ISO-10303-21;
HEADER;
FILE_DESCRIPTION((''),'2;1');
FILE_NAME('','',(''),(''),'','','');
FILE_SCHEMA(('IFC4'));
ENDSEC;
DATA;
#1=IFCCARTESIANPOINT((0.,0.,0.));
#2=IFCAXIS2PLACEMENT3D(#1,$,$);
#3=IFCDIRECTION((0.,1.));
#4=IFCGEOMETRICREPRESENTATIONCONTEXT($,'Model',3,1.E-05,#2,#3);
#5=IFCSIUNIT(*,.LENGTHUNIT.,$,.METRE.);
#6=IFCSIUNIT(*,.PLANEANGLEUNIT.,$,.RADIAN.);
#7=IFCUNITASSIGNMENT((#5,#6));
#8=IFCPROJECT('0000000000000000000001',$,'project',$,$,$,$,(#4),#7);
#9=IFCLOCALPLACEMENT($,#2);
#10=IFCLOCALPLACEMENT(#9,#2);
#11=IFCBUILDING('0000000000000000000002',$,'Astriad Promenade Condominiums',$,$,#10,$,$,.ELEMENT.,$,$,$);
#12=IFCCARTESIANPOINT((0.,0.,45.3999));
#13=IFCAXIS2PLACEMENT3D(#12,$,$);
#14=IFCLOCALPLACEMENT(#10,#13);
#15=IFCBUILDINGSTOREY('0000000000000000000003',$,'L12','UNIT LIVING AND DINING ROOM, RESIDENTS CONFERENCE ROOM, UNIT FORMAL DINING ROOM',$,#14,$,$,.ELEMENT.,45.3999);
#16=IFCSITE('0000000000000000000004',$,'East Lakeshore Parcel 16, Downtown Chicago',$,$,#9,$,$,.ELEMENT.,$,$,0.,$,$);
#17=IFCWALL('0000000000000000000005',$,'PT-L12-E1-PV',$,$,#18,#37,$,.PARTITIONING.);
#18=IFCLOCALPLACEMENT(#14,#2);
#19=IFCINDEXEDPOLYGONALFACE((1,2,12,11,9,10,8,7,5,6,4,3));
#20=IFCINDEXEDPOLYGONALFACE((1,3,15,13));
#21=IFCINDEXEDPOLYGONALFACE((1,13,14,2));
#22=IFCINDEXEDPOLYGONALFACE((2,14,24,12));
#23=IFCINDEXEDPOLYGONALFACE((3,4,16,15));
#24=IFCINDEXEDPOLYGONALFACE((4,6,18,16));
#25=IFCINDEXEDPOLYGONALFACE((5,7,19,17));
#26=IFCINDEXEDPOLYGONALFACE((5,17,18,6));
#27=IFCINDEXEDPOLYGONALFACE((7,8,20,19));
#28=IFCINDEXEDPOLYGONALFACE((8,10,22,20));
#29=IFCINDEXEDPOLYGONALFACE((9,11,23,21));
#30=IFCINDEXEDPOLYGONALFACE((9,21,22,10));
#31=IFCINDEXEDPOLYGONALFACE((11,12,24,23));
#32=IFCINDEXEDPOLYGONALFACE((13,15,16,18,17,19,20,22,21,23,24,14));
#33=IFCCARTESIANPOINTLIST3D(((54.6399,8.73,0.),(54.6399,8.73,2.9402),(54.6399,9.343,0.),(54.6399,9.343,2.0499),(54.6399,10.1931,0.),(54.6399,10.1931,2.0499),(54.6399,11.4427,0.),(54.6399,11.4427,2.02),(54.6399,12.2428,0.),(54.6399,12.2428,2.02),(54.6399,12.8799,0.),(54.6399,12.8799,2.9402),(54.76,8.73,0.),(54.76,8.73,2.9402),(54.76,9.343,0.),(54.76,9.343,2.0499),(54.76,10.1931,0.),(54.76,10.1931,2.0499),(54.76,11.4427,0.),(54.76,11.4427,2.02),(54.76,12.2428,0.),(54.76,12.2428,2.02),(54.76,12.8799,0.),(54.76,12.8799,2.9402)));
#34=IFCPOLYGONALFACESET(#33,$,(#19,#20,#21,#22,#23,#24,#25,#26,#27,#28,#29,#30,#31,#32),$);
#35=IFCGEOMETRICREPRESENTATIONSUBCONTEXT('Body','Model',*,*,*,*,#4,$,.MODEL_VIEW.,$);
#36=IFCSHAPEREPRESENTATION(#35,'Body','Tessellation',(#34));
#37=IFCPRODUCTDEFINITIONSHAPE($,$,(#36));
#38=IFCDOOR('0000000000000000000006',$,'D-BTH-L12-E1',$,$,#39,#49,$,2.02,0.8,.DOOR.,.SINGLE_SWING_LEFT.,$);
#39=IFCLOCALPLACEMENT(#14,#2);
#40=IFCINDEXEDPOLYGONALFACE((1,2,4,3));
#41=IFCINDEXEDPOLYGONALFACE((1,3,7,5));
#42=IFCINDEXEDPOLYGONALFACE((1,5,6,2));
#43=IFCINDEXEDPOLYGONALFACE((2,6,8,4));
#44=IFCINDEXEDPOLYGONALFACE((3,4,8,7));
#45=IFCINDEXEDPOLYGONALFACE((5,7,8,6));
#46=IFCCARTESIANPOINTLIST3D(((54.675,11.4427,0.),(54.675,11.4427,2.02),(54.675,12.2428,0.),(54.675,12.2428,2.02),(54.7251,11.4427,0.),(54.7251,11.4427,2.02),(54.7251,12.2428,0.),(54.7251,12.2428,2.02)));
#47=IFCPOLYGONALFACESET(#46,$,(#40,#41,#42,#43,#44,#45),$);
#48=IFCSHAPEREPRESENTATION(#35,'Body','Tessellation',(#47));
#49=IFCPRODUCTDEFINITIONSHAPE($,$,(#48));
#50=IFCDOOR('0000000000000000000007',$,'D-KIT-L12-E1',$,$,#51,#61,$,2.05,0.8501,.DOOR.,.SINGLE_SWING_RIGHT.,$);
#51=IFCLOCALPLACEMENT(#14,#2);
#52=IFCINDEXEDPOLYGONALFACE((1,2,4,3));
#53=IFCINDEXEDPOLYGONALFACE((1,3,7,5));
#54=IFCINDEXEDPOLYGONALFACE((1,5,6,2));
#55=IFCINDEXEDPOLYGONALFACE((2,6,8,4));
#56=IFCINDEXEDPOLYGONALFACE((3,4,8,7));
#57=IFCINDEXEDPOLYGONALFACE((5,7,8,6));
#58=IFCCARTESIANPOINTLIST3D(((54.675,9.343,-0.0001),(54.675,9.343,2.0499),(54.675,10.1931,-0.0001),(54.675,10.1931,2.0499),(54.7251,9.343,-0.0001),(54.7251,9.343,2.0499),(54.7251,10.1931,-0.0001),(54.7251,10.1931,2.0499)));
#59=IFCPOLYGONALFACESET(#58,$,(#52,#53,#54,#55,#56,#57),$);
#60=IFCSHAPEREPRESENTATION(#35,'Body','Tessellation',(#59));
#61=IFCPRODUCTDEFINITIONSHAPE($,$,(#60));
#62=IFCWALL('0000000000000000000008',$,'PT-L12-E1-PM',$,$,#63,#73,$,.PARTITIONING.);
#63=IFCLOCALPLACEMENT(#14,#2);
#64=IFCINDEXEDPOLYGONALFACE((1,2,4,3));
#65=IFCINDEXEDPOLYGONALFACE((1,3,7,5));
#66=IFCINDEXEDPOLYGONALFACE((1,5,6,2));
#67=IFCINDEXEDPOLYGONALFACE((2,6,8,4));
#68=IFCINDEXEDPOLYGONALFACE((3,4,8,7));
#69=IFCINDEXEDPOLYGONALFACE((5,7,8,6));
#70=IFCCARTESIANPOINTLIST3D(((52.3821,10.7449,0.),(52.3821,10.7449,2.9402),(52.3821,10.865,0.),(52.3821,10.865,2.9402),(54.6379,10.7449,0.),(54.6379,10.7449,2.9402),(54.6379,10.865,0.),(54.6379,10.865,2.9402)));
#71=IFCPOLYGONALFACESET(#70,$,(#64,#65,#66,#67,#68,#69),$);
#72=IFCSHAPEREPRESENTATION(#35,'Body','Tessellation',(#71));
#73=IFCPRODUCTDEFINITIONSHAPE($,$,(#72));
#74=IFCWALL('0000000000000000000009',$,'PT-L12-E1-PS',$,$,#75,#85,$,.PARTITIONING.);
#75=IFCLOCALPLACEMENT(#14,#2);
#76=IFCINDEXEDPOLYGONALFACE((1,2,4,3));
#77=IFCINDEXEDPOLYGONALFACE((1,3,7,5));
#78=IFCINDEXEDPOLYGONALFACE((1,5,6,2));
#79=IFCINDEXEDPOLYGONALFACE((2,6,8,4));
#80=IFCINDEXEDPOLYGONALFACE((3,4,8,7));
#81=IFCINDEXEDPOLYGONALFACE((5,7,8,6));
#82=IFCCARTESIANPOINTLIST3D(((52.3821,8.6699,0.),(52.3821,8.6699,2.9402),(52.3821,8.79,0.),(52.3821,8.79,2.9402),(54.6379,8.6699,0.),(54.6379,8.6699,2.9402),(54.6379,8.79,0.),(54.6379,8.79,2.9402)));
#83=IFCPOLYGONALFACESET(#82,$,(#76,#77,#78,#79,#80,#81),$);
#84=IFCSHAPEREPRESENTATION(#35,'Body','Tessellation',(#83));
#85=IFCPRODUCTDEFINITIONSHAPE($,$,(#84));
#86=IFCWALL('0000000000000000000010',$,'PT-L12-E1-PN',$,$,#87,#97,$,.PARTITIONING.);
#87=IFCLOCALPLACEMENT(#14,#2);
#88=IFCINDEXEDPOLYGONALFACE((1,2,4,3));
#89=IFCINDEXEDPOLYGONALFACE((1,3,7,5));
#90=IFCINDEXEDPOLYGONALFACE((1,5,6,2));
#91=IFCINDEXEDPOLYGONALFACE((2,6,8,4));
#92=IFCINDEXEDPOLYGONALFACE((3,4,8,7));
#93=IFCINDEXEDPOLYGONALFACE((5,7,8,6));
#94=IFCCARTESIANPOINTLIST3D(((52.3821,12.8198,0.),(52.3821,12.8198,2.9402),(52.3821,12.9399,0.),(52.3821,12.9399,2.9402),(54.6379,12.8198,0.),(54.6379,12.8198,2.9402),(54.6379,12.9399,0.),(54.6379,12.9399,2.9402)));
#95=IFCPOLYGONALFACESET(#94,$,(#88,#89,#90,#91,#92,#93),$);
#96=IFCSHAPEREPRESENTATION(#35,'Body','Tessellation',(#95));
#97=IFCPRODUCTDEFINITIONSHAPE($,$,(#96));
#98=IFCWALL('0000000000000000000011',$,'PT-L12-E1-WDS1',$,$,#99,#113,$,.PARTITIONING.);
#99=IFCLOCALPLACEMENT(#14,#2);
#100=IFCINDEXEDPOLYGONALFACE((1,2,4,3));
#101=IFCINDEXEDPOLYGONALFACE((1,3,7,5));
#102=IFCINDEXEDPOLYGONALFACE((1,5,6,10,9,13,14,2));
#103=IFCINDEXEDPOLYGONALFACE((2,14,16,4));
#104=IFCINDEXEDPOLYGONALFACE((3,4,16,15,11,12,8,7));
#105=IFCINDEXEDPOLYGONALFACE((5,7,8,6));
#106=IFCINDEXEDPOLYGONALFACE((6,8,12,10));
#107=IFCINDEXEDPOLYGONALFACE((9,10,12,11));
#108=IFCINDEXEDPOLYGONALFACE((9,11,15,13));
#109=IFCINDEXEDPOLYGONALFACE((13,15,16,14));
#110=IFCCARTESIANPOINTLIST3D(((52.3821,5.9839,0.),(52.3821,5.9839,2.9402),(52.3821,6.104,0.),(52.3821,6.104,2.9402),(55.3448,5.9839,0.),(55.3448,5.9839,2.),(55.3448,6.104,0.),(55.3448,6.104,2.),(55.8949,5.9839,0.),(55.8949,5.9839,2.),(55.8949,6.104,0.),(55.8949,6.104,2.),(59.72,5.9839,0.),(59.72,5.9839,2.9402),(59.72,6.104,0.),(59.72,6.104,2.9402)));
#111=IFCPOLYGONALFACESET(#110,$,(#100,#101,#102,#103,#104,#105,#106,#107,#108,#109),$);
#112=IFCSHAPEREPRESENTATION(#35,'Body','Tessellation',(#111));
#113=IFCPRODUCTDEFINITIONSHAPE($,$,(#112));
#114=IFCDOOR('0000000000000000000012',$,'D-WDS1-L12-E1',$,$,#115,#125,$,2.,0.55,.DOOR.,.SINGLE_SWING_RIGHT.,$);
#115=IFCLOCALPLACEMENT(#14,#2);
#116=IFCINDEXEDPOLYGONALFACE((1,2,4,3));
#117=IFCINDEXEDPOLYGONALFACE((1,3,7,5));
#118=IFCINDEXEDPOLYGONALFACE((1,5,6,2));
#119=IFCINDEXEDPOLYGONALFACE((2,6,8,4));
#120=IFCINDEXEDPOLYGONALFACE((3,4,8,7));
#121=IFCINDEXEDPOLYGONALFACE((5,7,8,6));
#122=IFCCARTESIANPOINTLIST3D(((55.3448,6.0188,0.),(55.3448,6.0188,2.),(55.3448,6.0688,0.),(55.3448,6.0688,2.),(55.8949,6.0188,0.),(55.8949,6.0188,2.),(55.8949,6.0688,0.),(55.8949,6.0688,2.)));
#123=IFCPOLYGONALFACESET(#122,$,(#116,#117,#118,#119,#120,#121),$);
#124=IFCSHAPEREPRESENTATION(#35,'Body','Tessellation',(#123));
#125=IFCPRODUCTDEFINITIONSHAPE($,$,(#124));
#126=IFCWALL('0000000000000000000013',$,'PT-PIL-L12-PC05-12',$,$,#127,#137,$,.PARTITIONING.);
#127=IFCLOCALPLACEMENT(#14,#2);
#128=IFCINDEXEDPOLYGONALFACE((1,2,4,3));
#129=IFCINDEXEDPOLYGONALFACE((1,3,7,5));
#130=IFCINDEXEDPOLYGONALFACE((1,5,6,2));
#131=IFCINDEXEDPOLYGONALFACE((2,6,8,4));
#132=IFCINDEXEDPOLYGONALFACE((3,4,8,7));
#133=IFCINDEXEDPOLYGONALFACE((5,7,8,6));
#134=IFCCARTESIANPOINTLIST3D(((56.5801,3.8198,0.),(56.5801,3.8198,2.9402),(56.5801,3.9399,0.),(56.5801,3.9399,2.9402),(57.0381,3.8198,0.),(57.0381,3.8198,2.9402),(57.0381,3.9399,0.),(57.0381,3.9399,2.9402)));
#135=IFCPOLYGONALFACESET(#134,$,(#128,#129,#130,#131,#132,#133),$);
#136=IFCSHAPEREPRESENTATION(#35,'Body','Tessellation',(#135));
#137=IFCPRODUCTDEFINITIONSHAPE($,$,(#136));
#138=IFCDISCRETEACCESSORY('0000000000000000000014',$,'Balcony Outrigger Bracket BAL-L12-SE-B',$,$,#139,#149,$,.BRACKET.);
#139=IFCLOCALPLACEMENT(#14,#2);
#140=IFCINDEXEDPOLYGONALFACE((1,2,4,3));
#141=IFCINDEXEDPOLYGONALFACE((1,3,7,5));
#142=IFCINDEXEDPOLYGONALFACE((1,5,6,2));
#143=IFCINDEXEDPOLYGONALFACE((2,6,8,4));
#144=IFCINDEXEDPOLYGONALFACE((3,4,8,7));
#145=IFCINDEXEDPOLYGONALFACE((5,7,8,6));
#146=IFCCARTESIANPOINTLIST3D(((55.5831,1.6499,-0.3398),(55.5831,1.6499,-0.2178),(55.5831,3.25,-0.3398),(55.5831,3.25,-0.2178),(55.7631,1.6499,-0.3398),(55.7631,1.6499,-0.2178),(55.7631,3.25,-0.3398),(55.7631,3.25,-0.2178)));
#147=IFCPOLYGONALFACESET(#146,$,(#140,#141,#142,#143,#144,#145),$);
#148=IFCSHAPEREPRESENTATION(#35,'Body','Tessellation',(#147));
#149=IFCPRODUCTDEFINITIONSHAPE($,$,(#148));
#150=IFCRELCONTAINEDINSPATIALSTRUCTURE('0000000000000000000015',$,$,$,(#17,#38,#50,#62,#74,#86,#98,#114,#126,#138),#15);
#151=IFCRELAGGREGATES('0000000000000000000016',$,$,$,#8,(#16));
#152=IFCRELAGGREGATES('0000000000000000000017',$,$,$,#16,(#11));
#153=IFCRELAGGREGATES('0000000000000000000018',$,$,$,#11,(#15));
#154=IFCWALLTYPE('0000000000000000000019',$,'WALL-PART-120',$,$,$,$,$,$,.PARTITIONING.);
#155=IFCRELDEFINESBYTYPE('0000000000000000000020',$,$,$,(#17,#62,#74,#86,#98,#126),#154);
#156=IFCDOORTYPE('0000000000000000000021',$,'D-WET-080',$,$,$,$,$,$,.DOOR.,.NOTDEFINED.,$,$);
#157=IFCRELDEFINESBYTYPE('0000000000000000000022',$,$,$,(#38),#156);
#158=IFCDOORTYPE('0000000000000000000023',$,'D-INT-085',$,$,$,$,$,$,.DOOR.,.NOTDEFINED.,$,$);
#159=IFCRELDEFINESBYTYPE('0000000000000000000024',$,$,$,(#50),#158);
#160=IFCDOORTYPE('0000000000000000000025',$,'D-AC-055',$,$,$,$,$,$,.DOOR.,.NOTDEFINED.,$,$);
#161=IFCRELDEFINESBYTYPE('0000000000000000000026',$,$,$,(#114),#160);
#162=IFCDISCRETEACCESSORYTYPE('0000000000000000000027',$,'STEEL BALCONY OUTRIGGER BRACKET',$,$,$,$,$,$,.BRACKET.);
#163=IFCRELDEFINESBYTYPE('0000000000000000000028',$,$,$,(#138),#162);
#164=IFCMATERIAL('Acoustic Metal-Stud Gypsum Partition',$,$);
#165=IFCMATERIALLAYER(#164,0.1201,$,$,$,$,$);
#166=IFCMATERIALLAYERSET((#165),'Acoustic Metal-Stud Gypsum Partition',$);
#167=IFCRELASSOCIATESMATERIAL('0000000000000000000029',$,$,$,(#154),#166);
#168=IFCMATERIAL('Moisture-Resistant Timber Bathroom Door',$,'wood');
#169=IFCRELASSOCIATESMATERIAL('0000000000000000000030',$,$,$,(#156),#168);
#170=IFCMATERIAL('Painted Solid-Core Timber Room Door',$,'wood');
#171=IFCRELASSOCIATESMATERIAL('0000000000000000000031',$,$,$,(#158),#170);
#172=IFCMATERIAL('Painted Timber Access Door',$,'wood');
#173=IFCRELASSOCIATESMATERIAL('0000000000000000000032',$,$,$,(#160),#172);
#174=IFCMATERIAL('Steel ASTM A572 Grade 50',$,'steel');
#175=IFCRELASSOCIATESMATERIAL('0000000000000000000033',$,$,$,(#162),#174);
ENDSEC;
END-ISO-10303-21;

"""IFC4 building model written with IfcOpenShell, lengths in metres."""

from ifc_helpers import new_model, si_unit, direction, frame, frame_2d, origin, origin_2d, place, context, subcontext, project, spatial, rectangle, extrude, source, transform, mapped, material, layer, layer_set, type_object, type_shapes, element, fill, save


model = new_model("IFC4")

# Units and contexts
model_context = context("Model", 3, precision=1e-05, world=origin(), true_north=direction((0.0, 1.0)))
body_context = subcontext(model_context, "Body", "Model", "MODEL_VIEW")
ifc_project = project(units=[si_unit("LENGTHUNIT", "METRE"), si_unit("PLANEANGLEUNIT", "RADIAN")], contexts=[model_context])

# Site, building, storey
site_placement = place(None, origin())
site = spatial("IfcSite", under=ifc_project, at=site_placement, Name="East Lakeshore Parcel 16, Downtown Chicago", CompositionType="ELEMENT", RefElevation=0.0)
building_placement = place(site_placement, origin())
building = spatial("IfcBuilding", under=site, at=building_placement, Name="Astriad Promenade Condominiums", CompositionType="ELEMENT")
storey_placement = place(building_placement, frame((0.0, 0.0, 45.3999)))
storey = spatial("IfcBuildingStorey", under=building, at=storey_placement, Name="L12", Description="UNIT LIVING AND DINING ROOM, RESIDENTS CONFERENCE ROOM, UNIT FORMAL DINING ROOM", CompositionType="ELEMENT", Elevation=45.3999)

# Shared definitions
ifc_material_1 = material(Name="Acoustic Metal-Stud Gypsum Partition")
ifc_layer_1 = layer(ifc_material_1, 0.1201)
ifc_layer_set_1 = layer_set([ifc_layer_1], Name="Acoustic Metal-Stud Gypsum Partition")
wall_type_1 = type_object("IfcWallType", Name="WALL-PART-120", PredefinedType="PARTITIONING", material=ifc_layer_set_1)

# Wall, openings, doors
wall_1_placement = place(storey_placement, frame((54.7, 8.73, 0.0), z_axis=(0.0, 0.0, 1.0), x_axis=(0.0, 1.0, 0.0)))
wall_1 = element("IfcWall", 1, at=wall_1_placement, inside=storey, type_object=wall_type_1, Name="PT-L12-E1-PV", PredefinedType="PARTITIONING", context=body_context, shape_type="SweptSolid", body=[
    extrude(rectangle(XDim=4.1499, YDim=0.1201, at=frame_2d((2.075, 0.0))), origin(), (0.0, 0.0, 1.0), 2.9402),
])
opening_1_placement = place(wall_1_placement, frame((0.613, 0.0, 0.0)))
opening_1 = element("IfcOpeningElement", 2, at=opening_1_placement, cuts=wall_1, PredefinedType="OPENING", context=body_context, shape_type="SweptSolid", body=[
    extrude(rectangle(XDim=0.8501, YDim=2.05, at=frame_2d((0.425, 1.0249))), frame((0.0, 0.0701, 0.0), z_axis=(0.0, -1.0, 0.0), x_axis=(1.0, 0.0, 0.0)), (0.0, 0.0, 1.0), 0.1401),
])
opening_2_placement = place(wall_1_placement, frame((2.7129, 0.0, 0.0)))
opening_2 = element("IfcOpeningElement", 3, at=opening_2_placement, cuts=wall_1, PredefinedType="OPENING", context=body_context, shape_type="SweptSolid", body=[
    extrude(rectangle(XDim=0.8, YDim=2.02, at=frame_2d((0.3999, 1.01))), frame((0.0, 0.0701, 0.0), z_axis=(0.0, -1.0, 0.0), x_axis=(1.0, 0.0, 0.0)), (0.0, 0.0, 1.0), 0.1401),
])
ifc_material_2 = material(Name="Moisture-Resistant Timber Bathroom Door", Category="wood")
door_type_1 = type_object("IfcDoorType", Name="D-WET-080", OperationType="NOTDEFINED", PredefinedType="DOOR", material=ifc_material_2)
shared_shape_1 = source(origin(), body_context, "Body", "SweptSolid", [
    extrude(rectangle(XDim=0.8, YDim=2.02, at=frame_2d((0.3999, 1.01))), frame((0.0, 0.0249, 0.0), z_axis=(0.0, -1.0, 0.0), x_axis=(1.0, 0.0, 0.0)), (0.0, 0.0, 1.0), 0.05),
])
type_shapes(door_type_1, [shared_shape_1])
door_1_placement = place(opening_2_placement, origin())
door_1 = element("IfcDoor", 4, at=door_1_placement, inside=storey, type_object=door_type_1, Name="D-BTH-L12-E1", OperationType="SINGLE_SWING_LEFT", OverallHeight=2.02, OverallWidth=0.8, PredefinedType="DOOR", context=body_context, shape_type="MappedRepresentation", body=[
    mapped(shared_shape_1, transform((0.0, 0.0, 0.0), scale=1.0)),
])
fill(opening_2, door_1)
ifc_material_3 = material(Name="Painted Solid-Core Timber Room Door", Category="wood")
door_type_2 = type_object("IfcDoorType", Name="D-INT-085", OperationType="NOTDEFINED", PredefinedType="DOOR", material=ifc_material_3)
shared_shape_2 = source(origin(), body_context, "Body", "SweptSolid", [
    extrude(rectangle(XDim=0.8501, YDim=2.05, at=frame_2d((0.425, 1.0249))), frame((0.0, 0.0249, 0.0), z_axis=(0.0, -1.0, 0.0), x_axis=(1.0, 0.0, 0.0)), (0.0, 0.0, 1.0), 0.05),
])
type_shapes(door_type_2, [shared_shape_2])
door_2_placement = place(opening_1_placement, origin())
door_2 = element("IfcDoor", 5, at=door_2_placement, inside=storey, type_object=door_type_2, Name="D-KIT-L12-E1", OperationType="SINGLE_SWING_RIGHT", OverallHeight=2.05, OverallWidth=0.8501, PredefinedType="DOOR", context=body_context, shape_type="MappedRepresentation", body=[
    mapped(shared_shape_2, transform((0.0, 0.0, 0.0), scale=1.0)),
])
fill(opening_1, door_2)

# Walls
for number, where, z_axis, x_axis, name in (
    (6, (52.3821, 10.8049, 0.0), (0.0, 0.0, 1.0), (1.0, 0.0, 0.0), "PT-L12-E1-PM"),
    (7, (52.3821, 8.73, 0.0), (0.0, 0.0, 1.0), (1.0, 0.0, 0.0), "PT-L12-E1-PS"),
    (8, (52.3821, 12.8799, 0.0), (0.0, 0.0, 1.0), (1.0, 0.0, 0.0), "PT-L12-E1-PN"),
):
    element("IfcWall", number, at=place(storey_placement, frame(where, z_axis=z_axis, x_axis=x_axis)), inside=storey, type_object=wall_type_1, Name=name, PredefinedType="PARTITIONING", context=body_context, shape_type="SweptSolid", body=[
        extrude(rectangle(XDim=2.2559, YDim=0.1201, at=frame_2d((1.1279, 0.0))), origin(), (0.0, 0.0, 1.0), 2.9402),
    ])

# Wall, opening, door
wall_2_placement = place(storey_placement, frame((52.3821, 6.0439, 0.0), z_axis=(0.0, 0.0, 1.0), x_axis=(1.0, 0.0, 0.0)))
wall_2 = element("IfcWall", 9, at=wall_2_placement, inside=storey, type_object=wall_type_1, Name="PT-L12-E1-WDS1", PredefinedType="PARTITIONING", context=body_context, shape_type="SweptSolid", body=[
    extrude(rectangle(XDim=7.3379, YDim=0.1201, at=frame_2d((3.6689, 0.0))), origin(), (0.0, 0.0, 1.0), 2.9402),
])
opening_3_placement = place(wall_2_placement, frame((2.9629, 0.0, 0.0)))
opening_3 = element("IfcOpeningElement", 10, at=opening_3_placement, cuts=wall_2, PredefinedType="OPENING", context=body_context, shape_type="SweptSolid", body=[
    extrude(rectangle(XDim=0.55, YDim=2.0, at=frame_2d((0.2749, 1.0))), frame((0.0, 0.0701, 0.0), z_axis=(0.0, -1.0, 0.0), x_axis=(1.0, 0.0, 0.0)), (0.0, 0.0, 1.0), 0.1401),
])
ifc_material_4 = material(Name="Painted Timber Access Door", Category="wood")
door_type_3 = type_object("IfcDoorType", Name="D-AC-055", OperationType="NOTDEFINED", PredefinedType="DOOR", material=ifc_material_4)
shared_shape_3 = source(origin(), body_context, "Body", "SweptSolid", [
    extrude(rectangle(XDim=0.55, YDim=2.0, at=frame_2d((0.2749, 1.0))), frame((0.0, 0.0249, 0.0), z_axis=(0.0, -1.0, 0.0), x_axis=(1.0, 0.0, 0.0)), (0.0, 0.0, 1.0), 0.05),
])
type_shapes(door_type_3, [shared_shape_3])
door_3_placement = place(opening_3_placement, origin())
door_3 = element("IfcDoor", 11, at=door_3_placement, inside=storey, type_object=door_type_3, Name="D-WDS1-L12-E1", OperationType="SINGLE_SWING_RIGHT", OverallHeight=2.0, OverallWidth=0.55, PredefinedType="DOOR", context=body_context, shape_type="MappedRepresentation", body=[
    mapped(shared_shape_3, transform((0.0, 0.0, 0.0), scale=1.0)),
])
fill(opening_3, door_3)

# Wall
wall_3_placement = place(storey_placement, frame((56.5801, 3.8799, 0.0), z_axis=(0.0, 0.0, 1.0), x_axis=(1.0, 0.0, 0.0)))
element("IfcWall", 12, at=wall_3_placement, inside=storey, type_object=wall_type_1, Name="PT-PIL-L12-PC05-12", PredefinedType="PARTITIONING", context=body_context, shape_type="SweptSolid", body=[
    extrude(rectangle(XDim=0.458, YDim=0.1201, at=frame_2d((0.229, 0.0))), origin(), (0.0, 0.0, 1.0), 2.9402),
])

# Discrete accessory
ifc_material_5 = material(Name="Steel ASTM A572 Grade 50", Category="steel")
discrete_accessory_type = type_object("IfcDiscreteAccessoryType", Name="STEEL BALCONY OUTRIGGER BRACKET", PredefinedType="BRACKET", material=ifc_material_5)
shared_shape_4 = source(origin(), body_context, "Body", "SweptSolid", [
    extrude(rectangle(XDim=1.6001, YDim=0.1799, at=origin_2d()), origin(), (0.0, 0.0, 1.0), 0.1221),
])
type_shapes(discrete_accessory_type, [shared_shape_4])
discrete_accessory_placement = place(storey_placement, frame((55.6731, 2.45, -0.3398), z_axis=(0.0, 0.0, 1.0), x_axis=(0.0, -1.0, 0.0)))
element("IfcDiscreteAccessory", 13, at=discrete_accessory_placement, inside=storey, type_object=discrete_accessory_type, Name="Balcony Outrigger Bracket BAL-L12-SE-B", PredefinedType="BRACKET", context=body_context, shape_type="MappedRepresentation", body=[
    mapped(shared_shape_4, transform((0.0, 0.0, 0.0), scale=1.0)),
])

save(model, "model.ifc")
